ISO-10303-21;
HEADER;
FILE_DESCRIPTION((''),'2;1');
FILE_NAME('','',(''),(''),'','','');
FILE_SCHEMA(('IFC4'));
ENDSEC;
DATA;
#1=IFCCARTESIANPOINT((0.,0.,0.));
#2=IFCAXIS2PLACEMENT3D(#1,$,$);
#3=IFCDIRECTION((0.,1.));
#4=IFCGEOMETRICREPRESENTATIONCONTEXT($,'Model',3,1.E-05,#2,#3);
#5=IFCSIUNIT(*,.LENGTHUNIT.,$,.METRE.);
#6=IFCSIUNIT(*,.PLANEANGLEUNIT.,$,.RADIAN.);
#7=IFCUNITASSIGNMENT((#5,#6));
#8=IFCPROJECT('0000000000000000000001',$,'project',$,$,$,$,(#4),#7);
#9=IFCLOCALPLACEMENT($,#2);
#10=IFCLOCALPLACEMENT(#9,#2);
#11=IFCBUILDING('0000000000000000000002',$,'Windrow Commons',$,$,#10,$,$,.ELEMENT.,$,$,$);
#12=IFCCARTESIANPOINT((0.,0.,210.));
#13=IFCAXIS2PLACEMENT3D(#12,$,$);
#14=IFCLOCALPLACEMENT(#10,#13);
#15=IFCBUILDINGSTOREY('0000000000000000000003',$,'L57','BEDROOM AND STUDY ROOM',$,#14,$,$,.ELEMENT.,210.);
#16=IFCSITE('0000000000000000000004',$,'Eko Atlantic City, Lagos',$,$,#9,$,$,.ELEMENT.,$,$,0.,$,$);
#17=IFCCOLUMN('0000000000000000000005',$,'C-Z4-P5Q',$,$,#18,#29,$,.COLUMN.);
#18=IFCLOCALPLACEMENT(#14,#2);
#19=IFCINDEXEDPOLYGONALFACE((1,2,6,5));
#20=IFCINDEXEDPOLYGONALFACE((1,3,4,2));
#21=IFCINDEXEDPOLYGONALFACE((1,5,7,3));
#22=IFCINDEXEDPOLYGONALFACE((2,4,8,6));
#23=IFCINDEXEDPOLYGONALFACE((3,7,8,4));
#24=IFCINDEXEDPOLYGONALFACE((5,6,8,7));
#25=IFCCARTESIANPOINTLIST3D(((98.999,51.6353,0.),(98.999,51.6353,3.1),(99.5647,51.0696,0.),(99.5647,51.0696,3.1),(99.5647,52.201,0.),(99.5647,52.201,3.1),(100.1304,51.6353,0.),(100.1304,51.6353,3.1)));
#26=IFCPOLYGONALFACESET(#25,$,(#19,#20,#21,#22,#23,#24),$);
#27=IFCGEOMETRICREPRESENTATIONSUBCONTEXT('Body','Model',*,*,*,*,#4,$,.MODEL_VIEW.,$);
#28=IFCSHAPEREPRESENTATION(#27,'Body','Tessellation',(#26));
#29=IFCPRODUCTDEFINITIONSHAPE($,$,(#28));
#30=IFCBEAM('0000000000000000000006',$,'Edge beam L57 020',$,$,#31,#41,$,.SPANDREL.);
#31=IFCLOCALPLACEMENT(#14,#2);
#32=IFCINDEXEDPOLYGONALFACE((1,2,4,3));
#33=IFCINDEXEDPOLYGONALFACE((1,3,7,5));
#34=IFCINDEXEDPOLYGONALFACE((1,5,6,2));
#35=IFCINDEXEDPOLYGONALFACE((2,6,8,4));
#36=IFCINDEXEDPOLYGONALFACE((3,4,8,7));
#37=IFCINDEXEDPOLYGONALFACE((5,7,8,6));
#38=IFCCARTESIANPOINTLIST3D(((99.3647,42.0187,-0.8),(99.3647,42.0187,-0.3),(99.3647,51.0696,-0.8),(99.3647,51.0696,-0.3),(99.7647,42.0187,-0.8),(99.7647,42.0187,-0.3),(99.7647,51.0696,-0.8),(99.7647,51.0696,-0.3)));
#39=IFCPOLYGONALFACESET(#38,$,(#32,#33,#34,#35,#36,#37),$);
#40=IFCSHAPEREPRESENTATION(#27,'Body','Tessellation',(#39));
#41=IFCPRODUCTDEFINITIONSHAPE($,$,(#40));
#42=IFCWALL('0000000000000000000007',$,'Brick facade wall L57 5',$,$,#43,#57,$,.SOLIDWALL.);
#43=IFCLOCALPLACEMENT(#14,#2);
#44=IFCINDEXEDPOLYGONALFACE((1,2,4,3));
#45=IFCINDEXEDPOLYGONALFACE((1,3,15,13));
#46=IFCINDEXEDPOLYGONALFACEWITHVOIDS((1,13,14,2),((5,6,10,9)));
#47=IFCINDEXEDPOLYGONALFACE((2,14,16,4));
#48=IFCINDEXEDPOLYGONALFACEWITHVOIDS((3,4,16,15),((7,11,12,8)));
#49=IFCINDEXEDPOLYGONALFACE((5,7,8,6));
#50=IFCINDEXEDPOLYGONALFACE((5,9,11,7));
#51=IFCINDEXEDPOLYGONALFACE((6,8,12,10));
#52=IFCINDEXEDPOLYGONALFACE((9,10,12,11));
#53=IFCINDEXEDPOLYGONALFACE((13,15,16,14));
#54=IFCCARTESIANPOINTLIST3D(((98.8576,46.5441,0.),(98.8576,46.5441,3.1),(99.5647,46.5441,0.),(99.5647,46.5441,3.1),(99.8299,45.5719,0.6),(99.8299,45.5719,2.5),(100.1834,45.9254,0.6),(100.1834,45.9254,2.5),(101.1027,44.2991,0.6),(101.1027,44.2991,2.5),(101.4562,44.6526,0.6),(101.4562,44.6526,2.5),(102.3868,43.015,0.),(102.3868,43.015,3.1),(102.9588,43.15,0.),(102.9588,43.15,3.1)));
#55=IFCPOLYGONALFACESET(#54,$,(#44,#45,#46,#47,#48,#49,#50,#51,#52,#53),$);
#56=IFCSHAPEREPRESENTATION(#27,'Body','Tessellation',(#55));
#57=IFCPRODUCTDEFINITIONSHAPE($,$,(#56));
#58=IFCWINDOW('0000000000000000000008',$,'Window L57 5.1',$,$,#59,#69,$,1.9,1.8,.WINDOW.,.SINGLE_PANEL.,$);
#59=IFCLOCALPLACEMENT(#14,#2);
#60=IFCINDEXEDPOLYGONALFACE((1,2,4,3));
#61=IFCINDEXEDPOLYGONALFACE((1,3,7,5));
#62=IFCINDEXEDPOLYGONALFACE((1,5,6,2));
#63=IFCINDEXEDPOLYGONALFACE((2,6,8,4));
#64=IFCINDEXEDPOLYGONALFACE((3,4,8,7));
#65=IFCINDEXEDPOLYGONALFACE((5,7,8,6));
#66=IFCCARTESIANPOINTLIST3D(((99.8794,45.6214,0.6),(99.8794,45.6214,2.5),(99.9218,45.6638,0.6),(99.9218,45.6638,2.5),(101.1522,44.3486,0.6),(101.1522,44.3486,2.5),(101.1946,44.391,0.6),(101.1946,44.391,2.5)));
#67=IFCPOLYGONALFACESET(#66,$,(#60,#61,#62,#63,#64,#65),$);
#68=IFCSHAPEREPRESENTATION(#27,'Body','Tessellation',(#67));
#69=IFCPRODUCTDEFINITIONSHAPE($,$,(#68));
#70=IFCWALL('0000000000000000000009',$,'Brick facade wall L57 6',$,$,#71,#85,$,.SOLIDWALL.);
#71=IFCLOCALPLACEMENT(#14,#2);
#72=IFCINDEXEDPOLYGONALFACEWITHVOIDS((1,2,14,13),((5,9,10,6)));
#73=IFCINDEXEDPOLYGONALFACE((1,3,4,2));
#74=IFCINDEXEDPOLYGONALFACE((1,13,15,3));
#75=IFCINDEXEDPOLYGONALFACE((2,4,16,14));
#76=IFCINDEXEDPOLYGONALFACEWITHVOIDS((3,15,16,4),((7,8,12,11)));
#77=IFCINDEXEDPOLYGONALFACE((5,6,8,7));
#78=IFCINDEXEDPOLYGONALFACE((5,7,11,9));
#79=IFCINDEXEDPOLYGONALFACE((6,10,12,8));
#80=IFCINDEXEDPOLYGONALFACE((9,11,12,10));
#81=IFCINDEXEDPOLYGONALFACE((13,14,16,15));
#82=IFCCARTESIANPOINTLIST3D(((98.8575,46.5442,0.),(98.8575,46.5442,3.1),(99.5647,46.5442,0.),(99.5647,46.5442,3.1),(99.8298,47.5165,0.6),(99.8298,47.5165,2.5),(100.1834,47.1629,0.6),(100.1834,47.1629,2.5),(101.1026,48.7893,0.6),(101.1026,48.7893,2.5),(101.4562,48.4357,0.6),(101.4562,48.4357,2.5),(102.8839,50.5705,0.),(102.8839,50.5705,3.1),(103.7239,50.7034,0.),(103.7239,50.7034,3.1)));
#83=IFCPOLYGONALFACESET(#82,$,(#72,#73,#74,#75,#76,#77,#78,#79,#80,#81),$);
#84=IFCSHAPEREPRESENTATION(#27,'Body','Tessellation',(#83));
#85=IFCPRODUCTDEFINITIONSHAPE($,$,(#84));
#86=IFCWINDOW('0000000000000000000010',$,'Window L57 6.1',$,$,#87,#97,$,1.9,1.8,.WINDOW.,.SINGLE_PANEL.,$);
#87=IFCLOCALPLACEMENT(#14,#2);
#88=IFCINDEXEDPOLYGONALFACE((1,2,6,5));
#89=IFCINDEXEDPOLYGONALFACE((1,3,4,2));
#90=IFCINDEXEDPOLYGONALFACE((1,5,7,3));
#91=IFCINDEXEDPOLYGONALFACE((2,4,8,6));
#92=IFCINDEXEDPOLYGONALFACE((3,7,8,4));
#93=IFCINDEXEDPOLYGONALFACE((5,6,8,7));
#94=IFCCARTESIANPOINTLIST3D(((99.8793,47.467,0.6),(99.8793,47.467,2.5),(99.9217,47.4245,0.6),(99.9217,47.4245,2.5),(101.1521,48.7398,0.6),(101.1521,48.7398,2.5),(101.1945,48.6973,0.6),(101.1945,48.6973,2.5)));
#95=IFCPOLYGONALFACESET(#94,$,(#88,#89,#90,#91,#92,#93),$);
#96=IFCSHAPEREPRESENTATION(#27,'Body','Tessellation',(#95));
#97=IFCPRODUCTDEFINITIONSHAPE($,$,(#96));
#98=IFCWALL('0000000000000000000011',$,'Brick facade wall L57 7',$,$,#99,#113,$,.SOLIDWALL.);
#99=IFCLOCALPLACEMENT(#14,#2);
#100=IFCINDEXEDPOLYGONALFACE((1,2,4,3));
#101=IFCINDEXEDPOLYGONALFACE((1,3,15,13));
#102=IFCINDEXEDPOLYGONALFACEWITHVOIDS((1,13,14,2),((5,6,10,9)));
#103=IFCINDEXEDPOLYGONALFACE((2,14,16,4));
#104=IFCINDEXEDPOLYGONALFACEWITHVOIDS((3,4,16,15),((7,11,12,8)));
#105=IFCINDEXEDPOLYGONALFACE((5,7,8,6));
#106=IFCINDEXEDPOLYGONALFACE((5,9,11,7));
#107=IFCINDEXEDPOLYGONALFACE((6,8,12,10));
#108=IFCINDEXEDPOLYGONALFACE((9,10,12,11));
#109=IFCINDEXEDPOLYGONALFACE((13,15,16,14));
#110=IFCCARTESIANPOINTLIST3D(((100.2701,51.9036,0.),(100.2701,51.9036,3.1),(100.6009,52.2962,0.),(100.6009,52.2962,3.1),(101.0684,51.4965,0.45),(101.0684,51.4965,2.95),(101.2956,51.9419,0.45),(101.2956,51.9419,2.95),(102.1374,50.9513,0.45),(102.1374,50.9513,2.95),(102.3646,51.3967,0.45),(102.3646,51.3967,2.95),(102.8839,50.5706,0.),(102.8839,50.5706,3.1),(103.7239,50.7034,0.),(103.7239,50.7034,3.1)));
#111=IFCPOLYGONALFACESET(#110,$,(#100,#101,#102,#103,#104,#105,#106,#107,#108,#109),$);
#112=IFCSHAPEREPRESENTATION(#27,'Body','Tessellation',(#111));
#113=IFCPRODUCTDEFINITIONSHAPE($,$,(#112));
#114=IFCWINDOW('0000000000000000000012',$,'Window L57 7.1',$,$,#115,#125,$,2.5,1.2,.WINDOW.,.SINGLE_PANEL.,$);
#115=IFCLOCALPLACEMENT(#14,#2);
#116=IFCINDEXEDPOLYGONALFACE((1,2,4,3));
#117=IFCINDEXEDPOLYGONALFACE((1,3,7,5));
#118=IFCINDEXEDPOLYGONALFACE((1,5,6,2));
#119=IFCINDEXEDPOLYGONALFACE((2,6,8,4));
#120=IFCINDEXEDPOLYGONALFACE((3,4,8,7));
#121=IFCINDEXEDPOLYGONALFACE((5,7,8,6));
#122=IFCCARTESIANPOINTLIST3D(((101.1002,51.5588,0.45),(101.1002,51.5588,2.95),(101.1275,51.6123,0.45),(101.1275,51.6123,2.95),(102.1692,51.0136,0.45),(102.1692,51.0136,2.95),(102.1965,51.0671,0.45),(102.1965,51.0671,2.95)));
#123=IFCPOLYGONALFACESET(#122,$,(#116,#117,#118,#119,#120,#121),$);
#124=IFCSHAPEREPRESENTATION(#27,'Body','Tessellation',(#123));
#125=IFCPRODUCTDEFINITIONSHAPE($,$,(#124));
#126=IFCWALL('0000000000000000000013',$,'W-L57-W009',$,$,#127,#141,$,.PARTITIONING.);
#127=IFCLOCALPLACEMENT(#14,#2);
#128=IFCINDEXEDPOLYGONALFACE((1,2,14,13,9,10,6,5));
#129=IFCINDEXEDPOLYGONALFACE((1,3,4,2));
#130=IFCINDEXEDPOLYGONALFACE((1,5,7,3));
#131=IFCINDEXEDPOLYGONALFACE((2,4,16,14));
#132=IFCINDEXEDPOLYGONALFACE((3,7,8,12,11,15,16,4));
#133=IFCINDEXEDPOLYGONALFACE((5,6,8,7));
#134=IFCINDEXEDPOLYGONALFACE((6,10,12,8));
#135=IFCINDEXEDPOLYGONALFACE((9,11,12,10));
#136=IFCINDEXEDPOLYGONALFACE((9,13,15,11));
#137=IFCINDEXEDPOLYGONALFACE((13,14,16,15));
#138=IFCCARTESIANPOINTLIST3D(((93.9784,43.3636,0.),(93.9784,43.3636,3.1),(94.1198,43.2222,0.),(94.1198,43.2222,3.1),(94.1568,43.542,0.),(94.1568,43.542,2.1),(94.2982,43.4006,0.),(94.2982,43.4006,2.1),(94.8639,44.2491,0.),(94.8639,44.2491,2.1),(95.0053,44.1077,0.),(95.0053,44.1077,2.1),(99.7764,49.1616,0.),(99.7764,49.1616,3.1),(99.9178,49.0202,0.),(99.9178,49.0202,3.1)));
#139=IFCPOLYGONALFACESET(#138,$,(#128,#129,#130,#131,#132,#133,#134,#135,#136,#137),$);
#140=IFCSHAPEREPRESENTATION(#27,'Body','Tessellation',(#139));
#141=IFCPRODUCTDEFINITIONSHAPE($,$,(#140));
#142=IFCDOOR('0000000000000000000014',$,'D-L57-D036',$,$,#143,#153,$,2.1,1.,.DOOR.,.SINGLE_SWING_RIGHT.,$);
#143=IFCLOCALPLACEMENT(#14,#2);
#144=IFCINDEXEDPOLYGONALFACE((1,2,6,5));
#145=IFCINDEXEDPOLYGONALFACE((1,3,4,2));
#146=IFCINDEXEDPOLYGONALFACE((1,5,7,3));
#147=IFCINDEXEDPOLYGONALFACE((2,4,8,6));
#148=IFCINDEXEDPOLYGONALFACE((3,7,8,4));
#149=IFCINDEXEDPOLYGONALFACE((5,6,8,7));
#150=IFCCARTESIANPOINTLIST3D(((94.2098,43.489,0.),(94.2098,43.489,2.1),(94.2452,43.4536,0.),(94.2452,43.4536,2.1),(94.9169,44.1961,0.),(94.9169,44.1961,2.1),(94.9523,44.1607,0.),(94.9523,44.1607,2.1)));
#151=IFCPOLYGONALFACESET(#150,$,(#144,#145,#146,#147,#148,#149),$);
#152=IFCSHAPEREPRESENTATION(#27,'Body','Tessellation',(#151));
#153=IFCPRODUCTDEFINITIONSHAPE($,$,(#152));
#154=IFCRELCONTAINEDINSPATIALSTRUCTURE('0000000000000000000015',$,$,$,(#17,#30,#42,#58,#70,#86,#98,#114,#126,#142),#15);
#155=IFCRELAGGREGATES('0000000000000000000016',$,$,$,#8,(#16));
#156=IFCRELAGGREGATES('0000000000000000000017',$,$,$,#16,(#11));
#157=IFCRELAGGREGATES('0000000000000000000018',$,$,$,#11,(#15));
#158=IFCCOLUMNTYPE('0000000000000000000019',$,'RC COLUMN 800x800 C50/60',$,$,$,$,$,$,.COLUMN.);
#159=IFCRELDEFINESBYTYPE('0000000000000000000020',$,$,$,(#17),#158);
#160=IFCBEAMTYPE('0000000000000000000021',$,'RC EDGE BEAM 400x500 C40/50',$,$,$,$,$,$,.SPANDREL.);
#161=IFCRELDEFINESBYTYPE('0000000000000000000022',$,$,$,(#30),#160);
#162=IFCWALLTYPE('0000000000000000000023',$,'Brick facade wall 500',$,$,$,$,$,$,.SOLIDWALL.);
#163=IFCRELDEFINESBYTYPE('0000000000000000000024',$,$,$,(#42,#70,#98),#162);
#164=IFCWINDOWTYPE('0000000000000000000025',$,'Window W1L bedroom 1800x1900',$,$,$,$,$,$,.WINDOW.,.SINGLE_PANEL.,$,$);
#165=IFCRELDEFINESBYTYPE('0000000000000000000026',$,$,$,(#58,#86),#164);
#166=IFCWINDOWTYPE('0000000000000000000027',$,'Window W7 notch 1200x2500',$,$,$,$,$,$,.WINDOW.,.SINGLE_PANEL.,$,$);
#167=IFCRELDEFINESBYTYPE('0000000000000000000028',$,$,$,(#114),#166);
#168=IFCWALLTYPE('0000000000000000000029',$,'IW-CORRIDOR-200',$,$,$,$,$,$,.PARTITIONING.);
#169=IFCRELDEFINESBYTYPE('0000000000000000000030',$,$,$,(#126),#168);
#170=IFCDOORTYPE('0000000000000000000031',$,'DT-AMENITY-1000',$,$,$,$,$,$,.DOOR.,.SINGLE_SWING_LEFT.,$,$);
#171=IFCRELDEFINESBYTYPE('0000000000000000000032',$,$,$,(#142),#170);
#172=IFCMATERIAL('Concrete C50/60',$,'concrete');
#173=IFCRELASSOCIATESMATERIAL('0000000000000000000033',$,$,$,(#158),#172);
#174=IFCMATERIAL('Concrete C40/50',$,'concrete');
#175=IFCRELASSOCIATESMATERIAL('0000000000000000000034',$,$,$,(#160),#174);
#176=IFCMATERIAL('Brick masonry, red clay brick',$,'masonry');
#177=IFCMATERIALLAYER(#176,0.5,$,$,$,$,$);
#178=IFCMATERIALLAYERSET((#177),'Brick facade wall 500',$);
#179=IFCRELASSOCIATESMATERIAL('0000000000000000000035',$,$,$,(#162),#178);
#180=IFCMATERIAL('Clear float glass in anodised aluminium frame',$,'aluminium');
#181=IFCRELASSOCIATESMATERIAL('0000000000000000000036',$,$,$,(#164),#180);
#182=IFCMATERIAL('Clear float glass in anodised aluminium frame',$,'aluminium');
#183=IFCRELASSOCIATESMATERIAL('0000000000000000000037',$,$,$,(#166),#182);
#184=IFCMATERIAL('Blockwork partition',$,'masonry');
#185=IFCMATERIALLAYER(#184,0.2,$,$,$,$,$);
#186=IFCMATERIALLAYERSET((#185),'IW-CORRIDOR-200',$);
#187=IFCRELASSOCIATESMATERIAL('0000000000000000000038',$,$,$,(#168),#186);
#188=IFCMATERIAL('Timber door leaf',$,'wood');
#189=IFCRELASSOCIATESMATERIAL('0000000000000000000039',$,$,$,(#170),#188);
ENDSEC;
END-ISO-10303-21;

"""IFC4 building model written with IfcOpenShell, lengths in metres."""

from ifc_helpers import new_model, si_unit, direction, frame, frame_2d, origin, origin_2d, place, context, subcontext, project, spatial, polyline, rectangle, outline, extrude, material, layer, layer_set, material_profile, profile_set, type_object, element, fill, save


model = new_model("IFC4")

# Units and contexts
model_context = context("Model", 3, precision=1e-05, world=origin(), true_north=direction((0.0, 1.0)))
body_context = subcontext(model_context, "Body", "Model", "MODEL_VIEW")
ifc_project = project(units=[si_unit("LENGTHUNIT", "METRE"), si_unit("PLANEANGLEUNIT", "RADIAN")], contexts=[model_context])

# Site, building, storey
site_placement = place(None, origin())
site = spatial("IfcSite", under=ifc_project, at=site_placement, Name="Eko Atlantic City, Lagos", CompositionType="ELEMENT", RefElevation=0.0)
building_placement = place(site_placement, origin())
building = spatial("IfcBuilding", under=site, at=building_placement, Name="Windrow Commons", CompositionType="ELEMENT")
storey_placement = place(building_placement, frame((0.0, 0.0, 210.0)))
storey = spatial("IfcBuildingStorey", under=building, at=storey_placement, Name="L57", Description="BEDROOM AND STUDY ROOM", CompositionType="ELEMENT", Elevation=210.0)

# Column
ifc_material_1 = material(Name="Concrete C50/60", Category="concrete")
ifc_material_profile_1 = material_profile(ifc_material_1, rectangle(XDim=0.8, YDim=0.8, at=origin_2d()))
ifc_profile_set_1 = profile_set([ifc_material_profile_1], Name="Concrete C50/60")
column_type = type_object("IfcColumnType", Name="RC COLUMN 800x800 C50/60", PredefinedType="COLUMN", material=ifc_profile_set_1)
column_placement = place(storey_placement, frame((99.5647, 51.6353, 0.0), z_axis=(0.0, 0.0, 1.0), x_axis=(0.707107, -0.707107, 0.0)))
element("IfcColumn", 1, at=column_placement, inside=storey, type_object=column_type, Name="C-Z4-P5Q", PredefinedType="COLUMN", context=body_context, shape_type="SweptSolid", body=[
    extrude(rectangle(XDim=0.8, YDim=0.8, at=origin_2d()), origin(), (0.0, 0.0, 1.0), 3.1),
])

# Beam
ifc_material_2 = material(Name="Concrete C40/50", Category="concrete")
ifc_material_profile_2 = material_profile(ifc_material_2, rectangle(XDim=0.4, YDim=0.5, at=origin_2d()))
ifc_profile_set_2 = profile_set([ifc_material_profile_2], Name="Concrete C40/50")
beam_type = type_object("IfcBeamType", Name="RC EDGE BEAM 400x500 C40/50", PredefinedType="SPANDREL", material=ifc_profile_set_2)
beam_placement = place(storey_placement, frame((99.5647, 51.0696, -0.55), z_axis=(0.0, -1.0, 0.0), x_axis=(1.0, 0.0, 0.0)))
element("IfcBeam", 2, at=beam_placement, inside=storey, type_object=beam_type, Name="Edge beam L57 020", PredefinedType="SPANDREL", context=body_context, shape_type="SweptSolid", body=[
    extrude(rectangle(XDim=0.4, YDim=0.5, at=origin_2d()), origin(), (0.0, 0.0, 1.0), 9.0509),
])

# Walls, openings, windows
ifc_material_3 = material(Name="Brick masonry, red clay brick", Category="masonry")
ifc_layer_1 = layer(ifc_material_3, 0.5)
ifc_layer_set_1 = layer_set([ifc_layer_1], Name="Brick facade wall 500")
wall_type_1 = type_object("IfcWallType", Name="Brick facade wall 500", PredefinedType="SOLIDWALL", material=ifc_layer_set_1)
wall_1_placement = place(storey_placement, frame((102.6728, 43.0825, 0.0), z_axis=(0.0, 0.0, 1.0), x_axis=(-0.707107, 0.707107, 0.0)))
wall_1 = element("IfcWall", 3, at=wall_1_placement, inside=storey, type_object=wall_type_1, Name="Brick facade wall L57 5", PredefinedType="SOLIDWALL", context=body_context, shape_type="SweptSolid", body=[
    extrude(outline(polyline([(-0.1545, -0.25), (4.6455, -0.25), (5.1455, 0.25), (0.1545, 0.25), (-0.1545, -0.25)])), origin(), (0.0, 0.0, 1.0), 3.1),
])
opening_1_placement = place(wall_1_placement, frame((1.9705, 0.0, 0.6)))
opening_1 = element("IfcOpeningElement", 4, at=opening_1_placement, cuts=wall_1, PredefinedType="OPENING", context=body_context, shape_type="SweptSolid", body=[
    extrude(rectangle(XDim=1.8, YDim=1.9, at=frame_2d((0.9, 0.95))), frame((0.0, 0.26, 0.0), z_axis=(0.0, -1.0, 0.0), x_axis=(1.0, 0.0, 0.0)), (0.0, 0.0, 1.0), 0.52),
])
ifc_material_4 = material(Name="Clear float glass in anodised aluminium frame", Category="aluminium")
window_type_1 = type_object("IfcWindowType", Name="Window W1L bedroom 1800x1900", PartitioningType="SINGLE_PANEL", PredefinedType="WINDOW", material=ifc_material_4)
window_1_placement = place(opening_1_placement, origin())
window_1 = element("IfcWindow", 5, at=window_1_placement, inside=storey, type_object=window_type_1, Name="Window L57 5.1", OverallHeight=1.9, OverallWidth=1.8, PartitioningType="SINGLE_PANEL", PredefinedType="WINDOW", context=body_context, shape_type="SweptSolid", body=[
    extrude(rectangle(XDim=1.8, YDim=1.9, at=frame_2d((0.9, 0.95))), frame((0.0, 0.18, 0.0), z_axis=(0.0, -1.0, 0.0), x_axis=(1.0, 0.0, 0.0)), (0.0, 0.0, 1.0), 0.06),
])
fill(opening_1, window_1)
wall_2_placement = place(storey_placement, frame((99.2111, 46.5442, 0.0), z_axis=(0.0, 0.0, 1.0), x_axis=(0.707107, 0.707107, 0.0)))
wall_2 = element("IfcWall", 6, at=wall_2_placement, inside=storey, type_object=wall_type_1, Name="Brick facade wall L57 6", PredefinedType="SOLIDWALL", context=body_context, shape_type="SweptSolid", body=[
    extrude(outline(polyline([(0.25, -0.25), (6.132, -0.25), (5.4441, 0.25), (-0.25, 0.25), (0.25, -0.25)])), origin(), (0.0, 0.0, 1.0), 3.1),
])
opening_2_placement = place(wall_2_placement, frame((1.125, 0.0, 0.6)))
opening_2 = element("IfcOpeningElement", 7, at=opening_2_placement, cuts=wall_2, PredefinedType="OPENING", context=body_context, shape_type="SweptSolid", body=[
    extrude(rectangle(XDim=1.8, YDim=1.9, at=frame_2d((0.9, 0.95))), frame((0.0, 0.26, 0.0), z_axis=(0.0, -1.0, 0.0), x_axis=(1.0, 0.0, 0.0)), (0.0, 0.0, 1.0), 0.52),
])
window_2_placement = place(opening_2_placement, origin())
window_2 = element("IfcWindow", 8, at=window_2_placement, inside=storey, type_object=window_type_1, Name="Window L57 6.1", OverallHeight=1.9, OverallWidth=1.8, PartitioningType="SINGLE_PANEL", PredefinedType="WINDOW", context=body_context, shape_type="SweptSolid", body=[
    extrude(rectangle(XDim=1.8, YDim=1.9, at=frame_2d((0.9, 0.95))), frame((0.0, 0.18, 0.0), z_axis=(0.0, -1.0, 0.0), x_axis=(1.0, 0.0, 0.0)), (0.0, 0.0, 1.0), 0.06),
])
fill(opening_2, window_2)
wall_3_placement = place(storey_placement, frame((103.3039, 50.637, 0.0), z_axis=(0.0, 0.0, 1.0), x_axis=(-0.890833, 0.45433, 0.0)))
wall_3 = element("IfcWall", 9, at=wall_3_placement, inside=storey, type_object=wall_type_1, Name="Brick facade wall L57 7", PredefinedType="SOLIDWALL", context=body_context, shape_type="SweptSolid", body=[
    extrude(outline(polyline([(-0.344, -0.25), (3.1617, -0.25), (3.2781, 0.25), (0.344, 0.25), (-0.344, -0.25)])), origin(), (0.0, 0.0, 1.0), 3.1),
])
opening_3_placement = place(wall_3_placement, frame((1.1819, 0.0, 0.45)))
opening_3 = element("IfcOpeningElement", 10, at=opening_3_placement, cuts=wall_3, PredefinedType="OPENING", context=body_context, shape_type="SweptSolid", body=[
    extrude(rectangle(XDim=1.2, YDim=2.5, at=frame_2d((0.6, 1.25))), frame((0.0, 0.26, 0.0), z_axis=(0.0, -1.0, 0.0), x_axis=(1.0, 0.0, 0.0)), (0.0, 0.0, 1.0), 0.52),
])
ifc_material_5 = material(Name="Clear float glass in anodised aluminium frame", Category="aluminium")
window_type_2 = type_object("IfcWindowType", Name="Window W7 notch 1200x2500", PartitioningType="SINGLE_PANEL", PredefinedType="WINDOW", material=ifc_material_5)
window_3_placement = place(opening_3_placement, origin())
window_3 = element("IfcWindow", 11, at=window_3_placement, inside=storey, type_object=window_type_2, Name="Window L57 7.1", OverallHeight=2.5, OverallWidth=1.2, PartitioningType="SINGLE_PANEL", PredefinedType="WINDOW", context=body_context, shape_type="SweptSolid", body=[
    extrude(rectangle(XDim=1.2, YDim=2.5, at=frame_2d((0.6, 1.25))), frame((0.0, 0.18, 0.0), z_axis=(0.0, -1.0, 0.0), x_axis=(1.0, 0.0, 0.0)), (0.0, 0.0, 1.0), 0.06),
])
fill(opening_3, window_3)

# Wall, opening, door
ifc_material_6 = material(Name="Blockwork partition", Category="masonry")
ifc_layer_2 = layer(ifc_material_6, 0.2)
ifc_layer_set_2 = layer_set([ifc_layer_2], Name="IW-CORRIDOR-200")
wall_type_2 = type_object("IfcWallType", Name="IW-CORRIDOR-200", PredefinedType="PARTITIONING", material=ifc_layer_set_2)
wall_4_placement = place(storey_placement, frame((94.0491, 43.2929, 0.0), z_axis=(0.0, 0.0, 1.0), x_axis=(0.707107, 0.707107, 0.0)))
wall_4 = element("IfcWall", 12, at=wall_4_placement, inside=storey, type_object=wall_type_2, Name="W-L57-W009", PredefinedType="PARTITIONING", context=body_context, shape_type="SweptSolid", body=[
    extrude(rectangle(XDim=8.1996, YDim=0.2, at=frame_2d((4.0998, 0.0))), origin(), (0.0, 0.0, 1.0), 3.1),
])
opening_4_placement = place(wall_4_placement, frame((0.2523, 0.0, 0.0)))
opening_4 = element("IfcOpeningElement", 13, at=opening_4_placement, cuts=wall_4, PredefinedType="OPENING", context=body_context, shape_type="SweptSolid", body=[
    extrude(rectangle(XDim=1.0, YDim=2.1, at=frame_2d((0.5, 1.05))), frame((0.0, 0.11, 0.0), z_axis=(0.0, -1.0, 0.0), x_axis=(1.0, 0.0, 0.0)), (0.0, 0.0, 1.0), 0.22),
])
ifc_material_7 = material(Name="Timber door leaf", Category="wood")
door_type_1 = type_object("IfcDoorType", Name="DT-AMENITY-1000", OperationType="SINGLE_SWING_LEFT", PredefinedType="DOOR", material=ifc_material_7)
door_1_placement = place(opening_4_placement, origin())
door_1 = element("IfcDoor", 14, at=door_1_placement, inside=storey, type_object=door_type_1, Name="D-L57-D036", OperationType="SINGLE_SWING_RIGHT", OverallHeight=2.1, OverallWidth=1.0, PredefinedType="DOOR", context=body_context, shape_type="SweptSolid", body=[
    extrude(rectangle(XDim=1.0, YDim=2.1, at=frame_2d((0.5, 1.05))), frame((0.0, 0.025, 0.0), z_axis=(0.0, -1.0, 0.0), x_axis=(1.0, 0.0, 0.0)), (0.0, 0.0, 1.0), 0.05),
])
fill(opening_4, door_1)

save(model, "model.ifc")
